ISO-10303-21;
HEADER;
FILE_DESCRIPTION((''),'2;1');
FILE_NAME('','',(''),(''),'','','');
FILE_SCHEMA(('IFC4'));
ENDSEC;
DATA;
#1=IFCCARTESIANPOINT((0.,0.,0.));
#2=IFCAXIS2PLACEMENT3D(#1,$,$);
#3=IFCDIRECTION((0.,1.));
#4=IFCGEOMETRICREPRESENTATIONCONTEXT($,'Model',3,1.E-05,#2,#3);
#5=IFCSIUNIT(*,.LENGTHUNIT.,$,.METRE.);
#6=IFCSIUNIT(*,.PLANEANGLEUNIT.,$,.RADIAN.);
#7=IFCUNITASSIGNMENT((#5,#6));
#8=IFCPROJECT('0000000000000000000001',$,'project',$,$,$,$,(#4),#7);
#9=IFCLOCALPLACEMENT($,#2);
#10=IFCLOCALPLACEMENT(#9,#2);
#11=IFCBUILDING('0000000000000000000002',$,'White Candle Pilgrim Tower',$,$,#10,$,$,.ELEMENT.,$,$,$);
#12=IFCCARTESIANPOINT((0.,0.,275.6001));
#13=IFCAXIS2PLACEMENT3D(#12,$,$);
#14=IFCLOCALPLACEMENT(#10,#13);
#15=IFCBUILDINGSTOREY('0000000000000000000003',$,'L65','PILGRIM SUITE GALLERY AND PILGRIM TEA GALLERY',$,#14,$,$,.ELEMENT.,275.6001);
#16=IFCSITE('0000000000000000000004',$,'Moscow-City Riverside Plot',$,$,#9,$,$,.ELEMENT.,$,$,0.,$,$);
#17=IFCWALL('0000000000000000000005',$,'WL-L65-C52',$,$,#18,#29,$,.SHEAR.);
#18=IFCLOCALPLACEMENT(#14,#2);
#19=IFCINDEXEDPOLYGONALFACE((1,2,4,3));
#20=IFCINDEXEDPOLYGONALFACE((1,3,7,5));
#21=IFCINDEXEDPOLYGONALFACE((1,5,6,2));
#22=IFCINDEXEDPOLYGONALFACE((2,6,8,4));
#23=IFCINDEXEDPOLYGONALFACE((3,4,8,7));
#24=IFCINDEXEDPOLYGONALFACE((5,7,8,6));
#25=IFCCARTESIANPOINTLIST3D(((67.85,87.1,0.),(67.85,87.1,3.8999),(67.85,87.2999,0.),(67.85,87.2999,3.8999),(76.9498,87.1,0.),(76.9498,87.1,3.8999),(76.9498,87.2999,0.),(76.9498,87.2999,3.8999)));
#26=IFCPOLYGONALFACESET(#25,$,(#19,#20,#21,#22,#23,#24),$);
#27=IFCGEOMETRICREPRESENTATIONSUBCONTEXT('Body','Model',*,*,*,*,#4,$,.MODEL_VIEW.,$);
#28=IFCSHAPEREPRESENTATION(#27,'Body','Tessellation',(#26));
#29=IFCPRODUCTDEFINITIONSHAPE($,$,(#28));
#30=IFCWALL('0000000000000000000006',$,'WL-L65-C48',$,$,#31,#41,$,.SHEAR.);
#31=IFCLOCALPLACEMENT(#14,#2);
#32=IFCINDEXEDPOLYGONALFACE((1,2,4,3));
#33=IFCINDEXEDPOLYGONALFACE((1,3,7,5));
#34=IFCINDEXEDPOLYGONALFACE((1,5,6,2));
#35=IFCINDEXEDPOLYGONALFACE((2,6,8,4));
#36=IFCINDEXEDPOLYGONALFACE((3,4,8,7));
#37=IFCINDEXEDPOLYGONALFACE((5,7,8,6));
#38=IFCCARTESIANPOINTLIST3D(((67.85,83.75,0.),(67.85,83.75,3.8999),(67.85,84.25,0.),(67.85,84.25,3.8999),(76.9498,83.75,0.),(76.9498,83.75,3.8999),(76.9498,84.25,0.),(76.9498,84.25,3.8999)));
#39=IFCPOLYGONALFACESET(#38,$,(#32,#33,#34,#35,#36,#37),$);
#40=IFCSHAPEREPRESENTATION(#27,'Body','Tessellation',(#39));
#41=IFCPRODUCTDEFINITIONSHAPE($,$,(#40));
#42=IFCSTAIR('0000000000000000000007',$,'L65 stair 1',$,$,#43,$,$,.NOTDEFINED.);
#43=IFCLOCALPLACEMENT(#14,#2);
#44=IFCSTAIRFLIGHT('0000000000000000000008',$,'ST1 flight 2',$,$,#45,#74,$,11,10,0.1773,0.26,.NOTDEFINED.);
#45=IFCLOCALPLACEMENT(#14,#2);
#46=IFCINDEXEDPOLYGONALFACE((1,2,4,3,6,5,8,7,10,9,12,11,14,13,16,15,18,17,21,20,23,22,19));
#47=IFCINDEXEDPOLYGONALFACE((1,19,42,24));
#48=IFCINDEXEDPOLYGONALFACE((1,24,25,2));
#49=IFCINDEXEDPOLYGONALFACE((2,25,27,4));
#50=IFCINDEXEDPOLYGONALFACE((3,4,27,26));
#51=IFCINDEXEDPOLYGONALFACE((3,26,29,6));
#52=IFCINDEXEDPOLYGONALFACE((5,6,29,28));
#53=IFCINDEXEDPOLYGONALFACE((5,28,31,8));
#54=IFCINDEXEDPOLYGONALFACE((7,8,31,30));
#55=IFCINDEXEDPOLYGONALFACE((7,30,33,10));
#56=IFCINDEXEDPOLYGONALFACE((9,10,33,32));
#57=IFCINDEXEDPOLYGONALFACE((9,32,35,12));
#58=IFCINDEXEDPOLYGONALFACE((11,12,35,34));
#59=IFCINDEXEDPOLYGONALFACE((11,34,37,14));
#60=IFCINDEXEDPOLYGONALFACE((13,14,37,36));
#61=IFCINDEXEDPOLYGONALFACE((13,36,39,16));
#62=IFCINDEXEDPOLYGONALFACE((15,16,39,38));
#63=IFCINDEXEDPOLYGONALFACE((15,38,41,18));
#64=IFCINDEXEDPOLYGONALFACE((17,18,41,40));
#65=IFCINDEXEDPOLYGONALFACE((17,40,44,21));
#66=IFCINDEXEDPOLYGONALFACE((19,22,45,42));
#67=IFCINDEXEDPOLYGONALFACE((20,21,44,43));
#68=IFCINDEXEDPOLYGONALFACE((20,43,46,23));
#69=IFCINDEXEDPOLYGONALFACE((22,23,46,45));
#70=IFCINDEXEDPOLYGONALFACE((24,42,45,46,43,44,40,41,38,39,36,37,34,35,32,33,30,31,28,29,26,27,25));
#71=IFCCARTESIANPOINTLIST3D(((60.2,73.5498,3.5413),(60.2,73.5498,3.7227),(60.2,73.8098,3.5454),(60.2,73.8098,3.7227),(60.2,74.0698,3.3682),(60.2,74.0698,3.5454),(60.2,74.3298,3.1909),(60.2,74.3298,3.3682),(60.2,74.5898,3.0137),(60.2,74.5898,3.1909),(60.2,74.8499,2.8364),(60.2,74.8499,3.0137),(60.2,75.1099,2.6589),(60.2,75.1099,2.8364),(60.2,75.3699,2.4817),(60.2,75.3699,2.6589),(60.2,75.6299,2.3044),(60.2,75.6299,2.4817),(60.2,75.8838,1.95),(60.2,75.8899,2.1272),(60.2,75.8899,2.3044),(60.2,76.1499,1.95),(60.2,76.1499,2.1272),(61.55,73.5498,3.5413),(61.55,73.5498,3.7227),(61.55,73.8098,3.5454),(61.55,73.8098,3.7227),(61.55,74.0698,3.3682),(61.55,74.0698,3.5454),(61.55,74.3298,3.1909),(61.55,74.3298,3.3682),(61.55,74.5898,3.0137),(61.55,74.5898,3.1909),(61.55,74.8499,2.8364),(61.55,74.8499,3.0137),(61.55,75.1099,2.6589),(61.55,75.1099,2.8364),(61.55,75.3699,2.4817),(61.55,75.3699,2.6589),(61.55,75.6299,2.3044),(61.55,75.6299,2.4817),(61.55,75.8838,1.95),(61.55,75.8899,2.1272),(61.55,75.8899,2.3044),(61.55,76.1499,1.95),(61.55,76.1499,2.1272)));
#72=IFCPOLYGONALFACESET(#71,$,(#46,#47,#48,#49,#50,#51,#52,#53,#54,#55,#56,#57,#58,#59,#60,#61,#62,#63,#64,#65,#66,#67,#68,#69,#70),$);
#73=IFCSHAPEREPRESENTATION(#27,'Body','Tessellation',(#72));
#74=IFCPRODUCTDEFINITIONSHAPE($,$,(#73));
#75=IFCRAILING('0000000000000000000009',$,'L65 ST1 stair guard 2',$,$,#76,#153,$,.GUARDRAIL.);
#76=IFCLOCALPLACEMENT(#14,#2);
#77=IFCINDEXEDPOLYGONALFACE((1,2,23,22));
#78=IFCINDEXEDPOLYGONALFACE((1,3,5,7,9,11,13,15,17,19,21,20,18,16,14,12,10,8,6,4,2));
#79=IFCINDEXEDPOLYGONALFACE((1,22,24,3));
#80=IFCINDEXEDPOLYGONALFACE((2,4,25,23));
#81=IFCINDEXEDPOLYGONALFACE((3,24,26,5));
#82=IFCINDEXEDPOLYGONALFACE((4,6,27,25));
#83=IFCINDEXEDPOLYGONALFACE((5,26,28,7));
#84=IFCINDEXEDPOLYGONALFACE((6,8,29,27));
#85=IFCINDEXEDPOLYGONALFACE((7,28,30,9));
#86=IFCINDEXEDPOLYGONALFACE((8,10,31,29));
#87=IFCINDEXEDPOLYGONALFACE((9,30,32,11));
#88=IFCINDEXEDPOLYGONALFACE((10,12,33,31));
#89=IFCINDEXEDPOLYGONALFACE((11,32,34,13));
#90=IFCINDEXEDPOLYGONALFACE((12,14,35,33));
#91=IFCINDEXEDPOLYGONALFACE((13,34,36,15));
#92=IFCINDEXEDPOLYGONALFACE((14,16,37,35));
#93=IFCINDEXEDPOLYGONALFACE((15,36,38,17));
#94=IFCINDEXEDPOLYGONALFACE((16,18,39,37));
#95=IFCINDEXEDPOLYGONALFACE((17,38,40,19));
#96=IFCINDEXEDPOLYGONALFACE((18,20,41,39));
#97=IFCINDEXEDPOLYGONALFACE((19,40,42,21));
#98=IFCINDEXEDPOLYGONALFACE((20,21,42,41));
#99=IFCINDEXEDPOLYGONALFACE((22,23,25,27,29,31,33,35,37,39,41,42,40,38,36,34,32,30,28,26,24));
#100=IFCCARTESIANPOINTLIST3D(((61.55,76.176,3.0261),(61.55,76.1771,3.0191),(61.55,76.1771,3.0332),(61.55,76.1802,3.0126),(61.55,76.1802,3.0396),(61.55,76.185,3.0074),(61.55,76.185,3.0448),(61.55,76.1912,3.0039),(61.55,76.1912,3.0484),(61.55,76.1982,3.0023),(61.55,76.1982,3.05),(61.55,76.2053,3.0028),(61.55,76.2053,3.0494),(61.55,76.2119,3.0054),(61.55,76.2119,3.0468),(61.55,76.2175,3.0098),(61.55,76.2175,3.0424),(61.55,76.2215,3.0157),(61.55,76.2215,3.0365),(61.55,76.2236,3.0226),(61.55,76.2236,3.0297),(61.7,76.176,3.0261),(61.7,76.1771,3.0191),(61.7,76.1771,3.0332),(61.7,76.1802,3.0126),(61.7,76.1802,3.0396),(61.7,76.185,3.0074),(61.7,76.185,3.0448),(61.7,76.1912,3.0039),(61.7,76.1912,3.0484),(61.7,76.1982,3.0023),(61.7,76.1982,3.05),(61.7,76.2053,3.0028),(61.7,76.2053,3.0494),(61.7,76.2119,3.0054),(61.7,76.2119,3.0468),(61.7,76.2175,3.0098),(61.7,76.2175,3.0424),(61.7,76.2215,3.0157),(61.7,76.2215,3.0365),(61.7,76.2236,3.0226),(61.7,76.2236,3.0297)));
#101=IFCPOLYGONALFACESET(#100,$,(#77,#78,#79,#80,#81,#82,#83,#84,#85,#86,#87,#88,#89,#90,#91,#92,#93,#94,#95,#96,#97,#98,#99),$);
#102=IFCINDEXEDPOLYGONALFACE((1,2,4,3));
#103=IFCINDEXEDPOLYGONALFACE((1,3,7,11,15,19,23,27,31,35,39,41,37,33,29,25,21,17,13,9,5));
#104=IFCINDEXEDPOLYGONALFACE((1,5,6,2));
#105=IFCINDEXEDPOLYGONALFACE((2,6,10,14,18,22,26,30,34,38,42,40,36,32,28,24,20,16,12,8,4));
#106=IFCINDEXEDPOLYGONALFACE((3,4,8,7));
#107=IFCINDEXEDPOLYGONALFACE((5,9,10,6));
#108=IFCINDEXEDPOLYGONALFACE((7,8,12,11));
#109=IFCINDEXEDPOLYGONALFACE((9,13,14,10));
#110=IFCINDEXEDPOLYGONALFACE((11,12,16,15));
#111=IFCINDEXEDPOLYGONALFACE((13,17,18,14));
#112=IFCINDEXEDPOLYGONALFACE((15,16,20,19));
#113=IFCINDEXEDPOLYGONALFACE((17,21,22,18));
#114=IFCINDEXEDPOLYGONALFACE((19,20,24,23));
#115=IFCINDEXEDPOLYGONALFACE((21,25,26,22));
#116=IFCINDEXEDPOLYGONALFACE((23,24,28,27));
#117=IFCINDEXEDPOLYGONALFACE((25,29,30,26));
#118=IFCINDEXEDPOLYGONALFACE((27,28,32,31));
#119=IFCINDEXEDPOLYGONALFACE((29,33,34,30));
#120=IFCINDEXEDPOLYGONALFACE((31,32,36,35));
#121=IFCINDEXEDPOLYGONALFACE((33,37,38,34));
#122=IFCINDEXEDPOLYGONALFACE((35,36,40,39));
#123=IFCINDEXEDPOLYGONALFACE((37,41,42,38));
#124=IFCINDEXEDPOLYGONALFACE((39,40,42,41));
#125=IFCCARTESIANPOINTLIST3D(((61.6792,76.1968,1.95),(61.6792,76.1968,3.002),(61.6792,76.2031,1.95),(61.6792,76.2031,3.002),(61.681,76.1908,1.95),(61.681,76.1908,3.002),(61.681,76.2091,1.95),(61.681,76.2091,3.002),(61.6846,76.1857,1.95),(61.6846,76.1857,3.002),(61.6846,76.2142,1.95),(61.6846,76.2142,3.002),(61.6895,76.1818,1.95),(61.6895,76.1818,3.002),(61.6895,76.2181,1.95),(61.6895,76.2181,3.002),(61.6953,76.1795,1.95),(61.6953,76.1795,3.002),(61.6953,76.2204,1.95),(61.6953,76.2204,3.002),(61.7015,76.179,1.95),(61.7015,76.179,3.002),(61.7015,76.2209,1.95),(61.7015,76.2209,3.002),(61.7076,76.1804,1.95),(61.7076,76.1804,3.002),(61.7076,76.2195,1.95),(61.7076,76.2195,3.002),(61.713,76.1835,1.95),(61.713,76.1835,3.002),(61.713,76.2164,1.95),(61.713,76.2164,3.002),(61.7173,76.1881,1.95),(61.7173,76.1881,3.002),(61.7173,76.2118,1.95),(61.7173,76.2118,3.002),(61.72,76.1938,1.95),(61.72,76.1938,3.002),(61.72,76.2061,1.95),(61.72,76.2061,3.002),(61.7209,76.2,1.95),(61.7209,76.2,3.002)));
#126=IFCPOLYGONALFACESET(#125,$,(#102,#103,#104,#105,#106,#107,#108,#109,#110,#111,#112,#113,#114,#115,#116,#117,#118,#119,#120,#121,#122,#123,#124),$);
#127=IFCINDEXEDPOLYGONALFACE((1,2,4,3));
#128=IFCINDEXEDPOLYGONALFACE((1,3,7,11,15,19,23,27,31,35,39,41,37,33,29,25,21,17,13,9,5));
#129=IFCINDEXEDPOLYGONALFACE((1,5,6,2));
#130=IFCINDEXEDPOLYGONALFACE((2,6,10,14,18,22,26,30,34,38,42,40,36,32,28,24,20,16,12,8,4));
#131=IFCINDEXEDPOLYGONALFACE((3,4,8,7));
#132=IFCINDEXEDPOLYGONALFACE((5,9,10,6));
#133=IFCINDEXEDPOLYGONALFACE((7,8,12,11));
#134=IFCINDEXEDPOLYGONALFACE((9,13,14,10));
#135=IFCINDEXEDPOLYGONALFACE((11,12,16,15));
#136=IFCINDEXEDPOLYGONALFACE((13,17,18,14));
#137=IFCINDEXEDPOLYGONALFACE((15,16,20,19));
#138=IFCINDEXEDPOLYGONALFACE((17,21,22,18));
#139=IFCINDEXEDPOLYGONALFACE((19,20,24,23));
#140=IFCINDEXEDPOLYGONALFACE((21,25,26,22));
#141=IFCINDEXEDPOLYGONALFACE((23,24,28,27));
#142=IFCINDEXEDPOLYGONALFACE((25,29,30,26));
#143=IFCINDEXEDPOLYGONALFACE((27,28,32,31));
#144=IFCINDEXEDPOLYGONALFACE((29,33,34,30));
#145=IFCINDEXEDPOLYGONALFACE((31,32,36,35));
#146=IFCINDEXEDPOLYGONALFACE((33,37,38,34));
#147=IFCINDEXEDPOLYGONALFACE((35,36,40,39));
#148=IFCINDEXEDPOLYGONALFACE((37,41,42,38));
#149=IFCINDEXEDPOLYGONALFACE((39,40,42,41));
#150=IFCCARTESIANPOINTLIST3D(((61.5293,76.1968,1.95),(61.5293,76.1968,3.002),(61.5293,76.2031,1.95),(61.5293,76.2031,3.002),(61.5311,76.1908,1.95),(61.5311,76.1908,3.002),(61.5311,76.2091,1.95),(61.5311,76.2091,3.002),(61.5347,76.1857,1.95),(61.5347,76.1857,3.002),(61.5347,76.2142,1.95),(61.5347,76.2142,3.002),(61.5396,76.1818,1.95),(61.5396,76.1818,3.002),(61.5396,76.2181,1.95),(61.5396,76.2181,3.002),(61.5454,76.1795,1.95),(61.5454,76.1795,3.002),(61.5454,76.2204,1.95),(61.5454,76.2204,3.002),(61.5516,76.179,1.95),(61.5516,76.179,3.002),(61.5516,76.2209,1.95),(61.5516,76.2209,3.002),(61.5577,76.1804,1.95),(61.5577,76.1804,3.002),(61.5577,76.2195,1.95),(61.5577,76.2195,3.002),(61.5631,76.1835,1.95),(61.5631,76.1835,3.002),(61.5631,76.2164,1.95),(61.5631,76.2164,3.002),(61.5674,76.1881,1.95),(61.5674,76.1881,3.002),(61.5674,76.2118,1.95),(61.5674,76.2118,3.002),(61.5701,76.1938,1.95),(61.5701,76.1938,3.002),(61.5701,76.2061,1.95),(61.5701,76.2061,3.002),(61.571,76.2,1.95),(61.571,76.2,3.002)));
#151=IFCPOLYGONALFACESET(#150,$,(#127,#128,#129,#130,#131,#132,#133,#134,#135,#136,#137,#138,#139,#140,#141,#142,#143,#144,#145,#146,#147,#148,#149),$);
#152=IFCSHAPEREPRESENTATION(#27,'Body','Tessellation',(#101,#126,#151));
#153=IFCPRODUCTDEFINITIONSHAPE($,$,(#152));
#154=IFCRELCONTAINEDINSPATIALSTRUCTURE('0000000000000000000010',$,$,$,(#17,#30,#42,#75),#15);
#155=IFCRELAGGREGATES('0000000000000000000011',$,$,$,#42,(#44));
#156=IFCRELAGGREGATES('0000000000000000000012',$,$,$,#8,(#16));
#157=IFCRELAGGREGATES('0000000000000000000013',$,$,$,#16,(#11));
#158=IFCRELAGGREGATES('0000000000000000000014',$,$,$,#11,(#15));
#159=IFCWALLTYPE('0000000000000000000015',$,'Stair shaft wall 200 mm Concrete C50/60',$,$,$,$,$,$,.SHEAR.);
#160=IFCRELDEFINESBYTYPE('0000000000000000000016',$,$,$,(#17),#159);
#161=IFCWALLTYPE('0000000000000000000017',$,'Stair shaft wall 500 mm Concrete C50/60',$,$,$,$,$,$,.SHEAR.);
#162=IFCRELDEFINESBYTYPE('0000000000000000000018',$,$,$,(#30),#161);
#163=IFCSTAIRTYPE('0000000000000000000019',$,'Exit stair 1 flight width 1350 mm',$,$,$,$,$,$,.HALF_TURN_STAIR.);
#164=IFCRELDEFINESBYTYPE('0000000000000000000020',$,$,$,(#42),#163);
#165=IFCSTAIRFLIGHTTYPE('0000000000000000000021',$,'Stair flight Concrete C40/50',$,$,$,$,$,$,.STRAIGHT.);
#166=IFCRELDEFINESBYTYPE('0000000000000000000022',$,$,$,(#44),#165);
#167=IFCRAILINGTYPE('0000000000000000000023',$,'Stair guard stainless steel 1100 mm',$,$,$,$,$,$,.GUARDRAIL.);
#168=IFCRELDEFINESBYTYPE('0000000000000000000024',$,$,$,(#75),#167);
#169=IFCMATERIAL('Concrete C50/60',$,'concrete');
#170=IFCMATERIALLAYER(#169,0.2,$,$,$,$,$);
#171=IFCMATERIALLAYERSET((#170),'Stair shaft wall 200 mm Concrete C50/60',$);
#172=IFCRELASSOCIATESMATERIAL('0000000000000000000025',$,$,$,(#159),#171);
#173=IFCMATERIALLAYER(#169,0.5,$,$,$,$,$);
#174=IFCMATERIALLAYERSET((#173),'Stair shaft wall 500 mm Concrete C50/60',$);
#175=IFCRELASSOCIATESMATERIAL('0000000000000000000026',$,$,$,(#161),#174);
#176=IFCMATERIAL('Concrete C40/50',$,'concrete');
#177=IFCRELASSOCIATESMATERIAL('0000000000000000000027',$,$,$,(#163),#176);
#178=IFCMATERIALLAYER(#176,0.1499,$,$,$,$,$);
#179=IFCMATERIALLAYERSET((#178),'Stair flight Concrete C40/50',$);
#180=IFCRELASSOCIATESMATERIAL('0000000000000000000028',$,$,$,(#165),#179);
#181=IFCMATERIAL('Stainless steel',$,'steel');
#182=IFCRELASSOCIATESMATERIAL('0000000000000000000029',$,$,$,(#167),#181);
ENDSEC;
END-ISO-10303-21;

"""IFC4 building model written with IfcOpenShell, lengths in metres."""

from ifc_helpers import new_model, si_unit, direction, frame, frame_2d, origin, origin_2d, place, context, subcontext, project, spatial, polyline, rectangle, circle, outline, extrude, material, layer, layer_set, type_object, element, aggregate, save


model = new_model("IFC4")

# Units and contexts
model_context = context("Model", 3, precision=1e-05, world=origin(), true_north=direction((0.0, 1.0)))
body_context = subcontext(model_context, "Body", "Model", "MODEL_VIEW")
ifc_project = project(units=[si_unit("LENGTHUNIT", "METRE"), si_unit("PLANEANGLEUNIT", "RADIAN")], contexts=[model_context])

# Site, building, storey
site_placement = place(None, origin())
site = spatial("IfcSite", under=ifc_project, at=site_placement, Name="Moscow-City Riverside Plot", CompositionType="ELEMENT", RefElevation=0.0)
building_placement = place(site_placement, origin())
building = spatial("IfcBuilding", under=site, at=building_placement, Name="White Candle Pilgrim Tower", CompositionType="ELEMENT")
storey_placement = place(building_placement, frame((0.0, 0.0, 275.6001)))
storey = spatial("IfcBuildingStorey", under=building, at=storey_placement, Name="L65", Description="PILGRIM SUITE GALLERY AND PILGRIM TEA GALLERY", CompositionType="ELEMENT", Elevation=275.6001)

# Shared definitions
ifc_material_1 = material(Name="Concrete C50/60", Category="concrete")

# Shared definitions
ifc_layer_1 = layer(ifc_material_1, 0.2)
ifc_layer_set_1 = layer_set([ifc_layer_1], Name="Stair shaft wall 200 mm Concrete C50/60")
wall_type_1 = type_object("IfcWallType", Name="Stair shaft wall 200 mm Concrete C50/60", PredefinedType="SHEAR", material=ifc_layer_set_1)
ifc_material_2 = material(Name="Stainless steel", Category="steel")

# Walls
wall_1_placement = place(storey_placement, frame((67.8501, 87.2, 0.0), z_axis=(0.0, 0.0, 1.0), x_axis=(1.0, 0.0, 0.0)))
element("IfcWall", 1, at=wall_1_placement, inside=storey, type_object=wall_type_1, Name="WL-L65-C52", PredefinedType="SHEAR", context=body_context, shape_type="SweptSolid", body=[
    extrude(rectangle(XDim=9.0999, YDim=0.2, at=frame_2d((4.5498, 0.0))), origin(), (0.0, 0.0, 1.0), 3.8999),
])
ifc_layer_2 = layer(ifc_material_1, 0.5)
ifc_layer_set_2 = layer_set([ifc_layer_2], Name="Stair shaft wall 500 mm Concrete C50/60")
wall_type_2 = type_object("IfcWallType", Name="Stair shaft wall 500 mm Concrete C50/60", PredefinedType="SHEAR", material=ifc_layer_set_2)
wall_2_placement = place(storey_placement, frame((67.8501, 84.0, 0.0), z_axis=(0.0, 0.0, 1.0), x_axis=(1.0, 0.0, 0.0)))
element("IfcWall", 2, at=wall_2_placement, inside=storey, type_object=wall_type_2, Name="WL-L65-C48", PredefinedType="SHEAR", context=body_context, shape_type="SweptSolid", body=[
    extrude(rectangle(XDim=9.0999, YDim=0.5, at=frame_2d((4.5498, 0.0))), origin(), (0.0, 0.0, 1.0), 3.8999),
])

# Stair, stair flight
ifc_material_3 = material(Name="Concrete C40/50", Category="concrete")
stair_type = type_object("IfcStairType", Name="Exit stair 1 flight width 1350 mm", PredefinedType="HALF_TURN_STAIR", material=ifc_material_3)
stair_placement = place(storey_placement, origin())
stair = element("IfcStair", 3, at=stair_placement, inside=storey, type_object=stair_type, Name="L65 stair 1", PredefinedType="NOTDEFINED")
ifc_layer_3 = layer(ifc_material_3, 0.1499)
ifc_layer_set_3 = layer_set([ifc_layer_3], Name="Stair flight Concrete C40/50")
stair_flight_type = type_object("IfcStairFlightType", Name="Stair flight Concrete C40/50", PredefinedType="STRAIGHT", material=ifc_layer_set_3)
stair_flight_placement = place(storey_placement, frame((60.875, 76.1499, 1.95), z_axis=(0.0, 0.0, 1.0), x_axis=(0.0, -1.0, 0.0)))
stair_flight = element("IfcStairFlight", 4, at=stair_flight_placement, type_object=stair_flight_type, Name="ST1 flight 2", NumberOfRisers=11, NumberOfTreads=10, PredefinedType="NOTDEFINED", RiserHeight=0.1773, TreadLength=0.26, context=body_context, shape_type="SweptSolid", body=[
    extrude(outline(polyline([(0.0, 0.0), (0.0, 0.1772), (0.26, 0.1772), (0.26, 0.3545), (0.52, 0.3545), (0.52, 0.5317), (0.78, 0.5317), (0.78, 0.709), (1.04, 0.709), (1.04, 0.8865), (1.3, 0.8865), (1.3, 1.0637), (1.5601, 1.0637), (1.5601, 1.241), (1.8201, 1.241), (1.8201, 1.4182), (2.0801, 1.4182), (2.0801, 1.5955), (2.3401, 1.5955), (2.3401, 1.7727), (2.6001, 1.7727), (2.6001, 1.95), (2.6001, 1.5913), (0.2661, 0.0), (0.0, 0.0)])), frame((0.0, 0.675, 0.0), z_axis=(0.0, -1.0, 0.0), x_axis=(1.0, 0.0, 0.0)), (0.0, 0.0, 1.0), 1.3501),
])
aggregate(stair, [stair_flight])

# Railing
railing_type_1 = type_object("IfcRailingType", Name="Stair guard stainless steel 1100 mm", PredefinedType="GUARDRAIL", material=ifc_material_2)
railing_1_placement = place(storey_placement, frame((61.7, 76.2, 1.95)))
element("IfcRailing", 5, at=railing_1_placement, inside=storey, type_object=railing_type_1, Name="L65 ST1 stair guard 2", PredefinedType="GUARDRAIL", context=body_context, shape_type="SweptSolid", body=[
    extrude(circle(Radius=0.0239, at=origin_2d()), frame((0.0, 0.0, 1.0762), z_axis=(-1.0, 0.0, 0.0), x_axis=(0.0, -1.0, 0.0)), (0.0, 0.0, 1.0), 0.1499),
    extrude(circle(Radius=0.021, at=origin_2d()), origin(), (0.0, 0.0, 1.0), 1.052),
    extrude(circle(Radius=0.021, at=origin_2d()), frame((-0.1499, 0.0, 0.0)), (0.0, 0.0, 1.0), 1.052),
])

save(model, "model.ifc")
